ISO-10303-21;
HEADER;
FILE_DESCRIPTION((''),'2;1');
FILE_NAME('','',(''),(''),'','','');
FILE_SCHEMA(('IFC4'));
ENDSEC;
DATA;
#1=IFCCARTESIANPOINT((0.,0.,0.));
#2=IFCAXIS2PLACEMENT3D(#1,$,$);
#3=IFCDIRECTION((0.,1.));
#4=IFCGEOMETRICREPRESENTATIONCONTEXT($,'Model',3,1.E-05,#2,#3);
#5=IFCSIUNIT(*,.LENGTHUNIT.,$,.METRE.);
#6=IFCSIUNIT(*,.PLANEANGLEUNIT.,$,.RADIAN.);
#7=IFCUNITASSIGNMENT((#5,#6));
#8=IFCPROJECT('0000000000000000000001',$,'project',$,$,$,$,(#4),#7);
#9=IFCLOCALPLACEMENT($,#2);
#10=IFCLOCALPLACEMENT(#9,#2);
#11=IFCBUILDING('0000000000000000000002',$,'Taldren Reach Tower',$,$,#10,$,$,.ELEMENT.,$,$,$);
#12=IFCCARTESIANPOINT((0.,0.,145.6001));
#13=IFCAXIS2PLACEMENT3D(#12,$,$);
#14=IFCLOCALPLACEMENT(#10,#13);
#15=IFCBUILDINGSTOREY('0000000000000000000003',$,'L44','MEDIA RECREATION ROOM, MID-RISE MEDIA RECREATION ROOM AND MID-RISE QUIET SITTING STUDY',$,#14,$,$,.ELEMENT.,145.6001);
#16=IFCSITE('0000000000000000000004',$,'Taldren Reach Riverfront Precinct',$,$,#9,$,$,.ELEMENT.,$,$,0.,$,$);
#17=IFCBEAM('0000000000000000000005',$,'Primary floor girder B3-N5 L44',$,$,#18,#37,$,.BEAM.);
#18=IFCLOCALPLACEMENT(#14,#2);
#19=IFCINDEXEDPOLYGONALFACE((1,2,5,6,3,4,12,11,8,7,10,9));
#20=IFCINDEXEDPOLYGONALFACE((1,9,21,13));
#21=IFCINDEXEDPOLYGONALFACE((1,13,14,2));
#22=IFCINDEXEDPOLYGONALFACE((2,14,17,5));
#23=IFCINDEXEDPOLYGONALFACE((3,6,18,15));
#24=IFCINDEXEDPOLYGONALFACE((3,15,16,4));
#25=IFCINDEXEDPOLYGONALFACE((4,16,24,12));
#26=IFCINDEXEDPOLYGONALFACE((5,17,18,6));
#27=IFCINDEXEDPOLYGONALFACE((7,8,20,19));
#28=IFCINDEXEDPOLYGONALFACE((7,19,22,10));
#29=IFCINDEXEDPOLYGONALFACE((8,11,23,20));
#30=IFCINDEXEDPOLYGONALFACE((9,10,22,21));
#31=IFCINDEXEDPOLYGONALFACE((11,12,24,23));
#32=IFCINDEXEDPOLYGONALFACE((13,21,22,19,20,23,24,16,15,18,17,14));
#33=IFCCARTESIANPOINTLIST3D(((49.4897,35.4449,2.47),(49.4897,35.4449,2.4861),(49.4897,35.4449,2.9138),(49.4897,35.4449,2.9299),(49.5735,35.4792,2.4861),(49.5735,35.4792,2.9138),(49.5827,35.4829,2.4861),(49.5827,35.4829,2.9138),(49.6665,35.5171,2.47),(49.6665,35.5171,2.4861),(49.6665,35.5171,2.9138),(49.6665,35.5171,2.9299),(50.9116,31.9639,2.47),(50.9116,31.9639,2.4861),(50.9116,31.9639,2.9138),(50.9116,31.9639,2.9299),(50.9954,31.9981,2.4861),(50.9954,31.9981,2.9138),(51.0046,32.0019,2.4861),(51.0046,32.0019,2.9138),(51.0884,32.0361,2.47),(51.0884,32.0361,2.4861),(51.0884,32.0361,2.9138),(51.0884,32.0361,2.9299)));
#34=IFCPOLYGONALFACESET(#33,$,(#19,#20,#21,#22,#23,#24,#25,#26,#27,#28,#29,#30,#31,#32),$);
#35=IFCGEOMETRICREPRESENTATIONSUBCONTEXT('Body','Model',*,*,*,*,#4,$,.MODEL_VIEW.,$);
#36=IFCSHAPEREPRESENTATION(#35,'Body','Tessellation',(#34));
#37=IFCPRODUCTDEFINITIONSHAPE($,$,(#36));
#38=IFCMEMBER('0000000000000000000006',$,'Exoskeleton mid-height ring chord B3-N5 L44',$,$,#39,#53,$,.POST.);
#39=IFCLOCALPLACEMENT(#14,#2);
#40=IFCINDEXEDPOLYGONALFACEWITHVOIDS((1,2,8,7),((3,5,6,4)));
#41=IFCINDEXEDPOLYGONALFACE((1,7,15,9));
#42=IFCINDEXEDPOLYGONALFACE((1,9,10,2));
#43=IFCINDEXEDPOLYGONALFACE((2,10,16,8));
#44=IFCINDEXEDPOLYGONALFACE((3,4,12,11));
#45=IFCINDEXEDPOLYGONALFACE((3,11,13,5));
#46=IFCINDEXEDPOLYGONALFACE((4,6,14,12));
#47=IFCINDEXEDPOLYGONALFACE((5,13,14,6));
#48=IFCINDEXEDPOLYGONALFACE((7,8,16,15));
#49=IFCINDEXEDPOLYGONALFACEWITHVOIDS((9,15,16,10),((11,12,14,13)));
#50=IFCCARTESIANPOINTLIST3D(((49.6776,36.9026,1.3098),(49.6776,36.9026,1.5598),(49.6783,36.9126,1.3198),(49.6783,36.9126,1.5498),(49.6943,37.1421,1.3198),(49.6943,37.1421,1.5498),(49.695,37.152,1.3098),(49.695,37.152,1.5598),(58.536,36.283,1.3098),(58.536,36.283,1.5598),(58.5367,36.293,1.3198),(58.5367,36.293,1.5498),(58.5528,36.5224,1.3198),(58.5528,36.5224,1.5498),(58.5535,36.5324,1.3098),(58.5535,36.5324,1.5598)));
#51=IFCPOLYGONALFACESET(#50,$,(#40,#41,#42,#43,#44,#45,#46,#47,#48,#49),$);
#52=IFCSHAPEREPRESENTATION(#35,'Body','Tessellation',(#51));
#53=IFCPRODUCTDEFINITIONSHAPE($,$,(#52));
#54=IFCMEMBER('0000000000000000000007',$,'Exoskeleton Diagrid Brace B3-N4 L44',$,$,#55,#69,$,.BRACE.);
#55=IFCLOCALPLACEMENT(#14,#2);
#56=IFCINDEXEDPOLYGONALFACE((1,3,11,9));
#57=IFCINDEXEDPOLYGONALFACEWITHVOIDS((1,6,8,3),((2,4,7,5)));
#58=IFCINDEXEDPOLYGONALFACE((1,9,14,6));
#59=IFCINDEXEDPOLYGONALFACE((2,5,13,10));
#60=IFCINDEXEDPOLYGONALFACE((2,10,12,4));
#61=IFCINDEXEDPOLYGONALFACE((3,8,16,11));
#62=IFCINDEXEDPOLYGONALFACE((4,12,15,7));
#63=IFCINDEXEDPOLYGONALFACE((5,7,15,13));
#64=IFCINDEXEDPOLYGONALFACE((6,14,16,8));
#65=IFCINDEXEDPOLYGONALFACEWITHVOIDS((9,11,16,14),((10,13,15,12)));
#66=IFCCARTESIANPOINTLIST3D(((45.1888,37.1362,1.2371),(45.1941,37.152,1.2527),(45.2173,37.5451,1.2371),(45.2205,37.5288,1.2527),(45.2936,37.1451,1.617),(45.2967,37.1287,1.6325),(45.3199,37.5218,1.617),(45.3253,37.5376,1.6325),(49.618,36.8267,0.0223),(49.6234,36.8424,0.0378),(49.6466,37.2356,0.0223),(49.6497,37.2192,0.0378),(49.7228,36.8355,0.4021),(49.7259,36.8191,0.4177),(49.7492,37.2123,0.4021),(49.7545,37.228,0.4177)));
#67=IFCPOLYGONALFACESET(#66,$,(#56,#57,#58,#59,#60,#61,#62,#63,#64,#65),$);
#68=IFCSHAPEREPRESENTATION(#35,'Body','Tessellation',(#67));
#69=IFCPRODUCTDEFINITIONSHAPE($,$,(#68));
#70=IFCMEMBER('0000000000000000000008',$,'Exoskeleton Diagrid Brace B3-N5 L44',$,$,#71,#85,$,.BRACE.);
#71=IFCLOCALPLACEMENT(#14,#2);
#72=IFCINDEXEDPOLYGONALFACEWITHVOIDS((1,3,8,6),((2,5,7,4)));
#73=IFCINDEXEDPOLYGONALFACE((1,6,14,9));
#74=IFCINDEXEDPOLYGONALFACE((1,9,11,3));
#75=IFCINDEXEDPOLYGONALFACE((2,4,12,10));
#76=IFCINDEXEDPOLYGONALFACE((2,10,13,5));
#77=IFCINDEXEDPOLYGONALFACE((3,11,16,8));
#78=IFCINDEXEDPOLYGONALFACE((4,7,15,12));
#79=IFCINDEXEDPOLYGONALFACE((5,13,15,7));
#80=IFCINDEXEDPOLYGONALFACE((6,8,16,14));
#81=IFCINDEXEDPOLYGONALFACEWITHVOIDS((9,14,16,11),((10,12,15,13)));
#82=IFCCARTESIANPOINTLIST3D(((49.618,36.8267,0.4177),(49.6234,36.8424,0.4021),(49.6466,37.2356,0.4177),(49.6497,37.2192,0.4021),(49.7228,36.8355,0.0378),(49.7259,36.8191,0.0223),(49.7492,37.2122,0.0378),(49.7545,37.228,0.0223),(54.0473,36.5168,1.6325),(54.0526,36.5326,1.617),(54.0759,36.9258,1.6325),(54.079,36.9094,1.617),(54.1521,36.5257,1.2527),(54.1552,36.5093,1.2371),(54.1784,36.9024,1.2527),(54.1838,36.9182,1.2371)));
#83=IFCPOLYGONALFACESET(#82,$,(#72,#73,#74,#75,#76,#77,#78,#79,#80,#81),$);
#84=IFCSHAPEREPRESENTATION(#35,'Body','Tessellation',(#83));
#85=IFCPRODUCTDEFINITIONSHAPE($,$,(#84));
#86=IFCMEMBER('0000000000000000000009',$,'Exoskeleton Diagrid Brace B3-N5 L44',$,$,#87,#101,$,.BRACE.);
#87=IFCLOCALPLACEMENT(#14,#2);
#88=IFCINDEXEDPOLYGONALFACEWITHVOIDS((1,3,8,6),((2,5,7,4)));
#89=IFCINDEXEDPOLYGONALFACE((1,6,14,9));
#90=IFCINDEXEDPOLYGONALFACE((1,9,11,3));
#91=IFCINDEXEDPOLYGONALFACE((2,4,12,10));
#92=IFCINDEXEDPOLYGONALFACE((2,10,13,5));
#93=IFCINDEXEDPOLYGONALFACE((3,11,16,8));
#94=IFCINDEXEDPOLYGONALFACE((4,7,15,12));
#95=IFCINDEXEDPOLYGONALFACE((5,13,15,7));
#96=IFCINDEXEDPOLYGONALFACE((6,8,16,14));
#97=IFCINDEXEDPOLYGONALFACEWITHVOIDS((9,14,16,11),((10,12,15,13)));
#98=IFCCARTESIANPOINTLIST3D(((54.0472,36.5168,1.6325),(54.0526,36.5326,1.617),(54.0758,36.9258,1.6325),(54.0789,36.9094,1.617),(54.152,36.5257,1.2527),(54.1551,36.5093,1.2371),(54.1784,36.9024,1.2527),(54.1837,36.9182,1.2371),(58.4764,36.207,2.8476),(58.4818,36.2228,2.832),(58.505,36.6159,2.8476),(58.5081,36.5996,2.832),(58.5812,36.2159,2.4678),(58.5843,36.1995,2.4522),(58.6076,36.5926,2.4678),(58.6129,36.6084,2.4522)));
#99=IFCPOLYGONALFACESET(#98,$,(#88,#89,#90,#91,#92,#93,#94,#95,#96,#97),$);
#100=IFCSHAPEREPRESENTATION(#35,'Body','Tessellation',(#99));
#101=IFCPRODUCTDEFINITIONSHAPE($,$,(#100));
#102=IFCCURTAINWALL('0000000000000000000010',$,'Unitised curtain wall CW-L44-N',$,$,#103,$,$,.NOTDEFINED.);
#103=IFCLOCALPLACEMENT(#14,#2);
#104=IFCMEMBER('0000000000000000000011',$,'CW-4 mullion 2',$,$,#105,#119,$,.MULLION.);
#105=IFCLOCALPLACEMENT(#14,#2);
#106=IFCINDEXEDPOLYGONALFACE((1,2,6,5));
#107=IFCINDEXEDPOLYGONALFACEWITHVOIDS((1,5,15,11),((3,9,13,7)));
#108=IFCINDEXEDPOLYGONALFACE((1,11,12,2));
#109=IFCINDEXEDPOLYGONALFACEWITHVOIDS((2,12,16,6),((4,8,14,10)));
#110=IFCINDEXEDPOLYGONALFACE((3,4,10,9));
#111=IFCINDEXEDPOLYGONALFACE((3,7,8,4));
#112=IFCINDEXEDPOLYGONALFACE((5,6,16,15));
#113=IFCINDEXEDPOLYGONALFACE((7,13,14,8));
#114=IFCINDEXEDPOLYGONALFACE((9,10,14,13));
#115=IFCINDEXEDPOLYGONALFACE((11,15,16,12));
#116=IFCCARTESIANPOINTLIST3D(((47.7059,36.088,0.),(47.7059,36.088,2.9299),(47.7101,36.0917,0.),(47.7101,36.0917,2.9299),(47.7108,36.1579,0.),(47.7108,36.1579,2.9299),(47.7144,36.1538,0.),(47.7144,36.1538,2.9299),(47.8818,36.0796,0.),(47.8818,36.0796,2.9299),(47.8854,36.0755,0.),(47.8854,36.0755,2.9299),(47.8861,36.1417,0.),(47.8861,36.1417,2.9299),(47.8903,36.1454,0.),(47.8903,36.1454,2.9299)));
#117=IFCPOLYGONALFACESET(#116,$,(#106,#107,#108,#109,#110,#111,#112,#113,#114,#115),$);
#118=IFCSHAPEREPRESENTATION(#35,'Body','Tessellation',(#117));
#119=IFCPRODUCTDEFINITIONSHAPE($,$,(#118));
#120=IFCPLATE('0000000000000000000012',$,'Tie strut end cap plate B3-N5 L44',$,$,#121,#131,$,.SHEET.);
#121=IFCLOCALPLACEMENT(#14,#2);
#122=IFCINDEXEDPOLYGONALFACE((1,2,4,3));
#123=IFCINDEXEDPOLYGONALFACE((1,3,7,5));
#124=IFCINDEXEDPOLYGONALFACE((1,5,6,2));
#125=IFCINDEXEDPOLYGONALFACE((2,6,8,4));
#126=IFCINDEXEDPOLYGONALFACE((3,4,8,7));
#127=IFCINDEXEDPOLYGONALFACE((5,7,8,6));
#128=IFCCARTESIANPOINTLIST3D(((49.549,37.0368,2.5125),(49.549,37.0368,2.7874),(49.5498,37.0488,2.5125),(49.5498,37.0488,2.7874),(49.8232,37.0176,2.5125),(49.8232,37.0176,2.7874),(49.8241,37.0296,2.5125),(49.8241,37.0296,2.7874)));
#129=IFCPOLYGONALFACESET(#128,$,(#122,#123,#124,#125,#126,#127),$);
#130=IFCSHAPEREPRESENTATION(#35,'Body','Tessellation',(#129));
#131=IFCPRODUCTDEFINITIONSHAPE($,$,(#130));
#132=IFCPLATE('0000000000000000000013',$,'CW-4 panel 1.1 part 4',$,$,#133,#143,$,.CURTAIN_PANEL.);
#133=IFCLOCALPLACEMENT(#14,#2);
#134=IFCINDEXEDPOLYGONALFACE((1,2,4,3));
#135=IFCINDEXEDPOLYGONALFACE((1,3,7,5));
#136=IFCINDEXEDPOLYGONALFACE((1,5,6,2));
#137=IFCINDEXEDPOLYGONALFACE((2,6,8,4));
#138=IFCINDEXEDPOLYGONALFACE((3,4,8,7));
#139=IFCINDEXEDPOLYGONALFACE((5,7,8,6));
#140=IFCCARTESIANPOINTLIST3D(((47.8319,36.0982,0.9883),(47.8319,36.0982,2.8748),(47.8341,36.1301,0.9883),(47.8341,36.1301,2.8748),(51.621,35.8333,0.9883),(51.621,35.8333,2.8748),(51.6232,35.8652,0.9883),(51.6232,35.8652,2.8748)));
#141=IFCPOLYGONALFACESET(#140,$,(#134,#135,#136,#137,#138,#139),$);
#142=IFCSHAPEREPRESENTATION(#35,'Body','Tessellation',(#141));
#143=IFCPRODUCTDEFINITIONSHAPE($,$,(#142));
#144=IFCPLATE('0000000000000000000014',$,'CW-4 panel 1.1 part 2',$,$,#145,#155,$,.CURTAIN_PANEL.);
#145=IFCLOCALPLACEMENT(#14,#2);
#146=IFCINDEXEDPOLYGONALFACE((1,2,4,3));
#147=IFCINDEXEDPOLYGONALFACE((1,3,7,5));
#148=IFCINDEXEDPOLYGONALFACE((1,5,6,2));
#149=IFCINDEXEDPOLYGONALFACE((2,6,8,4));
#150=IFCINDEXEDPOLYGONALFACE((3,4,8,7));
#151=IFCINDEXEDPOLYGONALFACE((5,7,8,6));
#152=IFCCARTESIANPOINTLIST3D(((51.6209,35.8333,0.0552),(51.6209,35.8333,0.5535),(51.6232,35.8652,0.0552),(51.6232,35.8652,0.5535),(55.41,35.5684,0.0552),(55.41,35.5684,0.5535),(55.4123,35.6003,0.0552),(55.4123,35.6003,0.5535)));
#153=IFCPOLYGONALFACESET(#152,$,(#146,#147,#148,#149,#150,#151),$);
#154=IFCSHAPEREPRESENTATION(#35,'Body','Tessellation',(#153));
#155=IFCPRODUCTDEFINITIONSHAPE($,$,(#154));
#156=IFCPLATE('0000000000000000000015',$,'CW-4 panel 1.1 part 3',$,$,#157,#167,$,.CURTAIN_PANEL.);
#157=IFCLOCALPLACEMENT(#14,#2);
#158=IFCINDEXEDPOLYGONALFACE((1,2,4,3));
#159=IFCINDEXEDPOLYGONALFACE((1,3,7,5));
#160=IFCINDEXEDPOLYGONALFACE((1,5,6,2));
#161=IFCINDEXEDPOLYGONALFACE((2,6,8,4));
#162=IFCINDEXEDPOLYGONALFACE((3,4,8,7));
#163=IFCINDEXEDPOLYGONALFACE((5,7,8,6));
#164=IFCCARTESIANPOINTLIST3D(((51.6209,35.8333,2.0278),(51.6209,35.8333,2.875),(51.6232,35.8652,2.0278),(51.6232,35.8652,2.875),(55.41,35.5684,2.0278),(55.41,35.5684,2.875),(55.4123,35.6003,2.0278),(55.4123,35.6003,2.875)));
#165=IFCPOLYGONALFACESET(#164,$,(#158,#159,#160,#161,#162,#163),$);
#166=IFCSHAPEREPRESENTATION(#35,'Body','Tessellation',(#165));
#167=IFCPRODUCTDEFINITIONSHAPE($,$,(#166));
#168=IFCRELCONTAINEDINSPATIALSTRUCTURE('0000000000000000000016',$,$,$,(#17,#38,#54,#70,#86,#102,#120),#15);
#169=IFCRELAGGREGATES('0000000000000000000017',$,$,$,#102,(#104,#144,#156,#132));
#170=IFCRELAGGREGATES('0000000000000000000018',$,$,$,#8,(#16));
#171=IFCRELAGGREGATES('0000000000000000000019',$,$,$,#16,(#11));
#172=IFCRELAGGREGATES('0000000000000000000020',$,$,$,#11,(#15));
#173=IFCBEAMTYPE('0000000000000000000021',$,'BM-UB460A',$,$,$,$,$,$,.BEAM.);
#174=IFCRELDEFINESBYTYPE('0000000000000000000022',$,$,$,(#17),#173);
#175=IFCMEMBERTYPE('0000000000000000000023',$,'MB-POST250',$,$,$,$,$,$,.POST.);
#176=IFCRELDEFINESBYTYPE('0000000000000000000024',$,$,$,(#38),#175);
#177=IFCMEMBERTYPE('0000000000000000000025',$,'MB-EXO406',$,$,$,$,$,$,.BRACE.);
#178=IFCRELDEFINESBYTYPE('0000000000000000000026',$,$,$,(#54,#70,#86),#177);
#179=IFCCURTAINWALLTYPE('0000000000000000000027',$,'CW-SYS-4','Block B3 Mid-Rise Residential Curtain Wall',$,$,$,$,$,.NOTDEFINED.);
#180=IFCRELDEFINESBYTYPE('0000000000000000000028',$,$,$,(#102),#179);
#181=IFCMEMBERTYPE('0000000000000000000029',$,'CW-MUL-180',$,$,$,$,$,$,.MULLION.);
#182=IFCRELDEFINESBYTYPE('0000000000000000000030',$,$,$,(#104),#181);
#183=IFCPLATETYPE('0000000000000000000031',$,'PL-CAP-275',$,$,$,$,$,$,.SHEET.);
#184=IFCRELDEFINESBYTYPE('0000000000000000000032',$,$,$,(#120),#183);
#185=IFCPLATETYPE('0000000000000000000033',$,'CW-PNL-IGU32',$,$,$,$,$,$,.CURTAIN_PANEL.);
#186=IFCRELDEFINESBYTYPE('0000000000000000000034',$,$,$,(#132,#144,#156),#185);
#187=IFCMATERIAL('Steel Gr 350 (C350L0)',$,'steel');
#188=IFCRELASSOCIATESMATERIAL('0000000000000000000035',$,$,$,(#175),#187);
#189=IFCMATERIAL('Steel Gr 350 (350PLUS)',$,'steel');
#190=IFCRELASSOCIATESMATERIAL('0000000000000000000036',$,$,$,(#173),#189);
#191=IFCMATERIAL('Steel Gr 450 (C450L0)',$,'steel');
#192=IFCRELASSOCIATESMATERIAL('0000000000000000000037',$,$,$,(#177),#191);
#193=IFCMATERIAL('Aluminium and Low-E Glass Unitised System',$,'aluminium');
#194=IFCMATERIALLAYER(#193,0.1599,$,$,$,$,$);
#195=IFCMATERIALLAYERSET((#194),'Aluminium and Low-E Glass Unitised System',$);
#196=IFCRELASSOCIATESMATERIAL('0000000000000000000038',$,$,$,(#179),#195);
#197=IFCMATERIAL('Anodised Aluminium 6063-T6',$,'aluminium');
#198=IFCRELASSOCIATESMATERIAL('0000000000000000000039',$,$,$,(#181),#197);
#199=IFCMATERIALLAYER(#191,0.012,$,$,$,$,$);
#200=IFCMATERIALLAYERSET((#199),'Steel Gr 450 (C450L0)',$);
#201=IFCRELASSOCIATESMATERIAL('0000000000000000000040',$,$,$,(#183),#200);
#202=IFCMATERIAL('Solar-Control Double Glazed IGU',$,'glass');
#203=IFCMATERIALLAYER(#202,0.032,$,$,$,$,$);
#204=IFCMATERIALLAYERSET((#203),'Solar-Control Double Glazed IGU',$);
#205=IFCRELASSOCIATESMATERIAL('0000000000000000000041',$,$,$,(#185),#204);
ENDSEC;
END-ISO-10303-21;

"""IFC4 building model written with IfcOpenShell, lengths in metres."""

from ifc_helpers import new_model, si_unit, direction, frame, origin, origin_2d, place, context, subcontext, project, spatial, rectangle, hollow_rectangle, i_section, extrude, source, transform, mapped, material, layer, layer_set, material_profile, profile_set, type_object, element, aggregate, save


model = new_model("IFC4")

# Units and contexts
model_context = context("Model", 3, precision=1e-05, world=origin(), true_north=direction((0.0, 1.0)))
body_context = subcontext(model_context, "Body", "Model", "MODEL_VIEW")
ifc_project = project(units=[si_unit("LENGTHUNIT", "METRE"), si_unit("PLANEANGLEUNIT", "RADIAN")], contexts=[model_context])

# Site, building, storey
site_placement = place(None, origin())
site = spatial("IfcSite", under=ifc_project, at=site_placement, Name="Taldren Reach Riverfront Precinct", CompositionType="ELEMENT", RefElevation=0.0)
building_placement = place(site_placement, origin())
building = spatial("IfcBuilding", under=site, at=building_placement, Name="Taldren Reach Tower", CompositionType="ELEMENT")
storey_placement = place(building_placement, frame((0.0, 0.0, 145.6001)))
storey = spatial("IfcBuildingStorey", under=building, at=storey_placement, Name="L44", Description="MEDIA RECREATION ROOM, MID-RISE MEDIA RECREATION ROOM AND MID-RISE QUIET SITTING STUDY", CompositionType="ELEMENT", Elevation=145.6001)

# Shared definitions
ifc_material_1 = material(Name="Steel Gr 450 (C450L0)", Category="steel")
ifc_material_2 = material(Name="Steel Gr 350 (350PLUS)", Category="steel")

# Shared definitions
ifc_material_3 = material(Name="Steel Gr 350 (C350L0)", Category="steel")
ifc_material_profile_1 = material_profile(ifc_material_3, hollow_rectangle(XDim=0.25, YDim=0.25, WallThickness=0.01, at=origin_2d()), Name="250x250x10.0SHS")
ifc_profile_set_1 = profile_set([ifc_material_profile_1], Name="Steel Gr 350 (C350L0)")
member_type_1 = type_object("IfcMemberType", Name="MB-POST250", PredefinedType="POST", material=ifc_profile_set_1)

# Beam
ifc_material_profile_2 = material_profile(ifc_material_2, i_section(OverallWidth=0.1909, OverallDepth=0.46, WebThickness=0.01, FlangeThickness=0.0161, at=origin_2d()), Name="460UB82.1")
ifc_profile_set_2 = profile_set([ifc_material_profile_2], Name="Steel Gr 350 (350PLUS)")
beam_type_1 = type_object("IfcBeamType", Name="BM-UB460A", PredefinedType="BEAM", material=ifc_profile_set_2)
shared_shape_1 = source(origin(), body_context, "Body", "SweptSolid", [
    extrude(i_section(OverallWidth=0.1909, OverallDepth=0.46, WebThickness=0.01, FlangeThickness=0.0161, at=origin_2d()), origin(), (0.0, 0.0, 1.0), 3.7603),
])
beam_1_placement = place(storey_placement, frame((51.0, 32.0, 2.7), z_axis=(-0.378142, 0.925747, 0.0), x_axis=(-0.925747, -0.378142, 0.0)))
element("IfcBeam", 1, at=beam_1_placement, inside=storey, type_object=beam_type_1, Name="Primary floor girder B3-N5 L44", PredefinedType="BEAM", context=body_context, shape_type="MappedRepresentation", body=[
    mapped(shared_shape_1, transform((0.0, 0.0, 0.0), scale=1.0)),
])

# Members
shared_shape_2 = source(origin(), body_context, "Body", "SweptSolid", [
    extrude(hollow_rectangle(XDim=0.25, YDim=0.25, WallThickness=0.01, at=origin_2d()), origin(), (0.0, 0.0, 1.0), 8.8801),
])
member_1_placement = place(storey_placement, frame((49.6863, 37.0273, 1.4348), z_axis=(0.997563, -0.069778, 0.0), x_axis=(0.069778, 0.997563, 0.0)))
element("IfcMember", 2, at=member_1_placement, inside=storey, type_object=member_type_1, Name="Exoskeleton mid-height ring chord B3-N5 L44", PredefinedType="POST", context=body_context, shape_type="MappedRepresentation", body=[
    mapped(shared_shape_2, transform((0.0, 0.0, 0.0), scale=1.0)),
])
ifc_material_profile_3 = material_profile(ifc_material_1, hollow_rectangle(XDim=0.4099, YDim=0.4099, WallThickness=0.0161, at=origin_2d()), Name="410x410x16.0SHS")
ifc_profile_set_3 = profile_set([ifc_material_profile_3], Name="Steel Gr 450 (C450L0)")
member_type_2 = type_object("IfcMemberType", Name="MB-EXO406", PredefinedType="BRACE", material=ifc_profile_set_3)
shared_shape_3 = source(origin(), body_context, "Body", "SweptSolid", [
    extrude(hollow_rectangle(XDim=0.4099, YDim=0.4099, WallThickness=0.0161, at=origin_2d()), origin(), (0.0, 0.0, 1.0), 4.6033),
])
for number, where, z_axis, x_axis, name in (
    (3, (49.6863, 37.0273, 0.22), (-0.962199, 0.067251, 0.263913), (-0.069723, -0.997566, 0.0), "Exoskeleton Diagrid Brace B3-N4 L44"),
    (4, (49.6863, 37.0273, 0.22), (0.962196, -0.067304, 0.263912), (0.069778, 0.997563, 0.0), "Exoskeleton Diagrid Brace B3-N5 L44"),
    (5, (54.1155, 36.7175, 1.4348), (0.962182, -0.067303, 0.263961), (0.069778, 0.997563, 0.0), "Exoskeleton Diagrid Brace B3-N5 L44"),
):
    element("IfcMember", number, at=place(storey_placement, frame(where, z_axis=z_axis, x_axis=x_axis)), inside=storey, type_object=member_type_2, Name=name, PredefinedType="BRACE", context=body_context, shape_type="MappedRepresentation", body=[
        mapped(shared_shape_3, transform((0.0, 0.0, 0.0), scale=1.0)),
    ])

# Curtain wall, member
ifc_material_4 = material(Name="Aluminium and Low-E Glass Unitised System", Category="aluminium")
ifc_layer_1 = layer(ifc_material_4, 0.1599)
ifc_layer_set_1 = layer_set([ifc_layer_1], Name="Aluminium and Low-E Glass Unitised System")
curtain_wall_type = type_object("IfcCurtainWallType", Name="CW-SYS-4", Description="Block B3 Mid-Rise Residential Curtain Wall", PredefinedType="NOTDEFINED", material=ifc_layer_set_1)
curtain_wall_placement = place(storey_placement, origin())
curtain_wall = element("IfcCurtainWall", 6, at=curtain_wall_placement, inside=storey, type_object=curtain_wall_type, Name="Unitised curtain wall CW-L44-N", PredefinedType="NOTDEFINED")
ifc_material_5 = material(Name="Anodised Aluminium 6063-T6", Category="aluminium")
ifc_material_profile_4 = material_profile(ifc_material_5, hollow_rectangle(XDim=0.0701, YDim=0.1799, WallThickness=0.0039, at=origin_2d()), Name="ALU-180x70x4RHS")
ifc_profile_set_4 = profile_set([ifc_material_profile_4], Name="Anodised Aluminium 6063-T6")
member_type_3 = type_object("IfcMemberType", Name="CW-MUL-180", PredefinedType="MULLION", material=ifc_profile_set_4)
shared_shape_4 = source(origin(), body_context, "Body", "SweptSolid", [
    extrude(hollow_rectangle(XDim=0.0701, YDim=0.1799, WallThickness=0.0039, at=origin_2d()), origin(), (0.0, 0.0, 1.0), 2.9299),
])
member_2_placement = place(storey_placement, frame((47.7981, 36.1167, 0.0), z_axis=(0.0, 0.0, 1.0), x_axis=(-0.069757, -0.997564, 0.0)))
member_2 = element("IfcMember", 7, at=member_2_placement, type_object=member_type_3, Name="CW-4 mullion 2", PredefinedType="MULLION", context=body_context, shape_type="MappedRepresentation", body=[
    mapped(shared_shape_4, transform((0.0, 0.0, 0.0), scale=1.0)),
])

# Plates
ifc_layer_2 = layer(ifc_material_1, 0.012)
ifc_layer_set_2 = layer_set([ifc_layer_2], Name="Steel Gr 450 (C450L0)")
plate_type_1 = type_object("IfcPlateType", Name="PL-CAP-275", PredefinedType="SHEET", material=ifc_layer_set_2)
shared_shape_5 = source(origin(), body_context, "Body", "SweptSolid", [
    extrude(rectangle(XDim=0.2749, YDim=0.012, at=origin_2d()), origin(), (0.0, 0.0, 1.0), 0.2749),
])
plate_1_placement = place(storey_placement, frame((49.6865, 37.0332, 2.5125), z_axis=(0.0, 0.0, 1.0), x_axis=(0.997564, -0.069756, 0.0)))
element("IfcPlate", 8, at=plate_1_placement, inside=storey, type_object=plate_type_1, Name="Tie strut end cap plate B3-N5 L44", PredefinedType="SHEET", context=body_context, shape_type="MappedRepresentation", body=[
    mapped(shared_shape_5, transform((0.0, 0.0, 0.0), scale=1.0)),
])
ifc_material_6 = material(Name="Solar-Control Double Glazed IGU", Category="glass")
ifc_layer_3 = layer(ifc_material_6, 0.032)
ifc_layer_set_3 = layer_set([ifc_layer_3], Name="Solar-Control Double Glazed IGU")
plate_type_2 = type_object("IfcPlateType", Name="CW-PNL-IGU32", PredefinedType="CURTAIN_PANEL", material=ifc_layer_set_3)
shared_shape_6 = source(origin(), body_context, "Body", "SweptSolid", [
    extrude(rectangle(XDim=3.7983, YDim=0.032, at=origin_2d()), origin(), (0.0, 0.0, 1.0), 1.8865),
])
plate_2_placement = place(storey_placement, frame((49.7275, 35.9817, 0.9883), z_axis=(0.0, 0.0, 1.0), x_axis=(-0.997564, 0.069757, 0.0)))
plate_2 = element("IfcPlate", 9, at=plate_2_placement, type_object=plate_type_2, Name="CW-4 panel 1.1 part 4", PredefinedType="CURTAIN_PANEL", context=body_context, shape_type="MappedRepresentation", body=[
    mapped(shared_shape_6, transform((0.0, 0.0, 0.0), scale=1.0)),
])
shared_shape_7 = source(origin(), body_context, "Body", "SweptSolid", [
    extrude(rectangle(XDim=3.7983, YDim=0.032, at=origin_2d()), origin(), (0.0, 0.0, 1.0), 0.4983),
])
plate_3_placement = place(storey_placement, frame((53.5166, 35.7168, 0.0552), z_axis=(0.0, 0.0, 1.0), x_axis=(-0.997564, 0.069757, 0.0)))
plate_3 = element("IfcPlate", 10, at=plate_3_placement, type_object=plate_type_2, Name="CW-4 panel 1.1 part 2", PredefinedType="CURTAIN_PANEL", context=body_context, shape_type="MappedRepresentation", body=[
    mapped(shared_shape_7, transform((0.0, 0.0, 0.0), scale=1.0)),
])
shared_shape_8 = source(origin(), body_context, "Body", "SweptSolid", [
    extrude(rectangle(XDim=3.7983, YDim=0.032, at=origin_2d()), origin(), (0.0, 0.0, 1.0), 0.8472),
])
plate_4_placement = place(storey_placement, frame((53.5166, 35.7168, 2.0278), z_axis=(0.0, 0.0, 1.0), x_axis=(-0.997564, 0.069757, 0.0)))
plate_4 = element("IfcPlate", 11, at=plate_4_placement, type_object=plate_type_2, Name="CW-4 panel 1.1 part 3", PredefinedType="CURTAIN_PANEL", context=body_context, shape_type="MappedRepresentation", body=[
    mapped(shared_shape_8, transform((0.0, 0.0, 0.0), scale=1.0)),
])
aggregate(curtain_wall, [member_2, plate_3, plate_4, plate_2])

save(model, "model.ifc")
